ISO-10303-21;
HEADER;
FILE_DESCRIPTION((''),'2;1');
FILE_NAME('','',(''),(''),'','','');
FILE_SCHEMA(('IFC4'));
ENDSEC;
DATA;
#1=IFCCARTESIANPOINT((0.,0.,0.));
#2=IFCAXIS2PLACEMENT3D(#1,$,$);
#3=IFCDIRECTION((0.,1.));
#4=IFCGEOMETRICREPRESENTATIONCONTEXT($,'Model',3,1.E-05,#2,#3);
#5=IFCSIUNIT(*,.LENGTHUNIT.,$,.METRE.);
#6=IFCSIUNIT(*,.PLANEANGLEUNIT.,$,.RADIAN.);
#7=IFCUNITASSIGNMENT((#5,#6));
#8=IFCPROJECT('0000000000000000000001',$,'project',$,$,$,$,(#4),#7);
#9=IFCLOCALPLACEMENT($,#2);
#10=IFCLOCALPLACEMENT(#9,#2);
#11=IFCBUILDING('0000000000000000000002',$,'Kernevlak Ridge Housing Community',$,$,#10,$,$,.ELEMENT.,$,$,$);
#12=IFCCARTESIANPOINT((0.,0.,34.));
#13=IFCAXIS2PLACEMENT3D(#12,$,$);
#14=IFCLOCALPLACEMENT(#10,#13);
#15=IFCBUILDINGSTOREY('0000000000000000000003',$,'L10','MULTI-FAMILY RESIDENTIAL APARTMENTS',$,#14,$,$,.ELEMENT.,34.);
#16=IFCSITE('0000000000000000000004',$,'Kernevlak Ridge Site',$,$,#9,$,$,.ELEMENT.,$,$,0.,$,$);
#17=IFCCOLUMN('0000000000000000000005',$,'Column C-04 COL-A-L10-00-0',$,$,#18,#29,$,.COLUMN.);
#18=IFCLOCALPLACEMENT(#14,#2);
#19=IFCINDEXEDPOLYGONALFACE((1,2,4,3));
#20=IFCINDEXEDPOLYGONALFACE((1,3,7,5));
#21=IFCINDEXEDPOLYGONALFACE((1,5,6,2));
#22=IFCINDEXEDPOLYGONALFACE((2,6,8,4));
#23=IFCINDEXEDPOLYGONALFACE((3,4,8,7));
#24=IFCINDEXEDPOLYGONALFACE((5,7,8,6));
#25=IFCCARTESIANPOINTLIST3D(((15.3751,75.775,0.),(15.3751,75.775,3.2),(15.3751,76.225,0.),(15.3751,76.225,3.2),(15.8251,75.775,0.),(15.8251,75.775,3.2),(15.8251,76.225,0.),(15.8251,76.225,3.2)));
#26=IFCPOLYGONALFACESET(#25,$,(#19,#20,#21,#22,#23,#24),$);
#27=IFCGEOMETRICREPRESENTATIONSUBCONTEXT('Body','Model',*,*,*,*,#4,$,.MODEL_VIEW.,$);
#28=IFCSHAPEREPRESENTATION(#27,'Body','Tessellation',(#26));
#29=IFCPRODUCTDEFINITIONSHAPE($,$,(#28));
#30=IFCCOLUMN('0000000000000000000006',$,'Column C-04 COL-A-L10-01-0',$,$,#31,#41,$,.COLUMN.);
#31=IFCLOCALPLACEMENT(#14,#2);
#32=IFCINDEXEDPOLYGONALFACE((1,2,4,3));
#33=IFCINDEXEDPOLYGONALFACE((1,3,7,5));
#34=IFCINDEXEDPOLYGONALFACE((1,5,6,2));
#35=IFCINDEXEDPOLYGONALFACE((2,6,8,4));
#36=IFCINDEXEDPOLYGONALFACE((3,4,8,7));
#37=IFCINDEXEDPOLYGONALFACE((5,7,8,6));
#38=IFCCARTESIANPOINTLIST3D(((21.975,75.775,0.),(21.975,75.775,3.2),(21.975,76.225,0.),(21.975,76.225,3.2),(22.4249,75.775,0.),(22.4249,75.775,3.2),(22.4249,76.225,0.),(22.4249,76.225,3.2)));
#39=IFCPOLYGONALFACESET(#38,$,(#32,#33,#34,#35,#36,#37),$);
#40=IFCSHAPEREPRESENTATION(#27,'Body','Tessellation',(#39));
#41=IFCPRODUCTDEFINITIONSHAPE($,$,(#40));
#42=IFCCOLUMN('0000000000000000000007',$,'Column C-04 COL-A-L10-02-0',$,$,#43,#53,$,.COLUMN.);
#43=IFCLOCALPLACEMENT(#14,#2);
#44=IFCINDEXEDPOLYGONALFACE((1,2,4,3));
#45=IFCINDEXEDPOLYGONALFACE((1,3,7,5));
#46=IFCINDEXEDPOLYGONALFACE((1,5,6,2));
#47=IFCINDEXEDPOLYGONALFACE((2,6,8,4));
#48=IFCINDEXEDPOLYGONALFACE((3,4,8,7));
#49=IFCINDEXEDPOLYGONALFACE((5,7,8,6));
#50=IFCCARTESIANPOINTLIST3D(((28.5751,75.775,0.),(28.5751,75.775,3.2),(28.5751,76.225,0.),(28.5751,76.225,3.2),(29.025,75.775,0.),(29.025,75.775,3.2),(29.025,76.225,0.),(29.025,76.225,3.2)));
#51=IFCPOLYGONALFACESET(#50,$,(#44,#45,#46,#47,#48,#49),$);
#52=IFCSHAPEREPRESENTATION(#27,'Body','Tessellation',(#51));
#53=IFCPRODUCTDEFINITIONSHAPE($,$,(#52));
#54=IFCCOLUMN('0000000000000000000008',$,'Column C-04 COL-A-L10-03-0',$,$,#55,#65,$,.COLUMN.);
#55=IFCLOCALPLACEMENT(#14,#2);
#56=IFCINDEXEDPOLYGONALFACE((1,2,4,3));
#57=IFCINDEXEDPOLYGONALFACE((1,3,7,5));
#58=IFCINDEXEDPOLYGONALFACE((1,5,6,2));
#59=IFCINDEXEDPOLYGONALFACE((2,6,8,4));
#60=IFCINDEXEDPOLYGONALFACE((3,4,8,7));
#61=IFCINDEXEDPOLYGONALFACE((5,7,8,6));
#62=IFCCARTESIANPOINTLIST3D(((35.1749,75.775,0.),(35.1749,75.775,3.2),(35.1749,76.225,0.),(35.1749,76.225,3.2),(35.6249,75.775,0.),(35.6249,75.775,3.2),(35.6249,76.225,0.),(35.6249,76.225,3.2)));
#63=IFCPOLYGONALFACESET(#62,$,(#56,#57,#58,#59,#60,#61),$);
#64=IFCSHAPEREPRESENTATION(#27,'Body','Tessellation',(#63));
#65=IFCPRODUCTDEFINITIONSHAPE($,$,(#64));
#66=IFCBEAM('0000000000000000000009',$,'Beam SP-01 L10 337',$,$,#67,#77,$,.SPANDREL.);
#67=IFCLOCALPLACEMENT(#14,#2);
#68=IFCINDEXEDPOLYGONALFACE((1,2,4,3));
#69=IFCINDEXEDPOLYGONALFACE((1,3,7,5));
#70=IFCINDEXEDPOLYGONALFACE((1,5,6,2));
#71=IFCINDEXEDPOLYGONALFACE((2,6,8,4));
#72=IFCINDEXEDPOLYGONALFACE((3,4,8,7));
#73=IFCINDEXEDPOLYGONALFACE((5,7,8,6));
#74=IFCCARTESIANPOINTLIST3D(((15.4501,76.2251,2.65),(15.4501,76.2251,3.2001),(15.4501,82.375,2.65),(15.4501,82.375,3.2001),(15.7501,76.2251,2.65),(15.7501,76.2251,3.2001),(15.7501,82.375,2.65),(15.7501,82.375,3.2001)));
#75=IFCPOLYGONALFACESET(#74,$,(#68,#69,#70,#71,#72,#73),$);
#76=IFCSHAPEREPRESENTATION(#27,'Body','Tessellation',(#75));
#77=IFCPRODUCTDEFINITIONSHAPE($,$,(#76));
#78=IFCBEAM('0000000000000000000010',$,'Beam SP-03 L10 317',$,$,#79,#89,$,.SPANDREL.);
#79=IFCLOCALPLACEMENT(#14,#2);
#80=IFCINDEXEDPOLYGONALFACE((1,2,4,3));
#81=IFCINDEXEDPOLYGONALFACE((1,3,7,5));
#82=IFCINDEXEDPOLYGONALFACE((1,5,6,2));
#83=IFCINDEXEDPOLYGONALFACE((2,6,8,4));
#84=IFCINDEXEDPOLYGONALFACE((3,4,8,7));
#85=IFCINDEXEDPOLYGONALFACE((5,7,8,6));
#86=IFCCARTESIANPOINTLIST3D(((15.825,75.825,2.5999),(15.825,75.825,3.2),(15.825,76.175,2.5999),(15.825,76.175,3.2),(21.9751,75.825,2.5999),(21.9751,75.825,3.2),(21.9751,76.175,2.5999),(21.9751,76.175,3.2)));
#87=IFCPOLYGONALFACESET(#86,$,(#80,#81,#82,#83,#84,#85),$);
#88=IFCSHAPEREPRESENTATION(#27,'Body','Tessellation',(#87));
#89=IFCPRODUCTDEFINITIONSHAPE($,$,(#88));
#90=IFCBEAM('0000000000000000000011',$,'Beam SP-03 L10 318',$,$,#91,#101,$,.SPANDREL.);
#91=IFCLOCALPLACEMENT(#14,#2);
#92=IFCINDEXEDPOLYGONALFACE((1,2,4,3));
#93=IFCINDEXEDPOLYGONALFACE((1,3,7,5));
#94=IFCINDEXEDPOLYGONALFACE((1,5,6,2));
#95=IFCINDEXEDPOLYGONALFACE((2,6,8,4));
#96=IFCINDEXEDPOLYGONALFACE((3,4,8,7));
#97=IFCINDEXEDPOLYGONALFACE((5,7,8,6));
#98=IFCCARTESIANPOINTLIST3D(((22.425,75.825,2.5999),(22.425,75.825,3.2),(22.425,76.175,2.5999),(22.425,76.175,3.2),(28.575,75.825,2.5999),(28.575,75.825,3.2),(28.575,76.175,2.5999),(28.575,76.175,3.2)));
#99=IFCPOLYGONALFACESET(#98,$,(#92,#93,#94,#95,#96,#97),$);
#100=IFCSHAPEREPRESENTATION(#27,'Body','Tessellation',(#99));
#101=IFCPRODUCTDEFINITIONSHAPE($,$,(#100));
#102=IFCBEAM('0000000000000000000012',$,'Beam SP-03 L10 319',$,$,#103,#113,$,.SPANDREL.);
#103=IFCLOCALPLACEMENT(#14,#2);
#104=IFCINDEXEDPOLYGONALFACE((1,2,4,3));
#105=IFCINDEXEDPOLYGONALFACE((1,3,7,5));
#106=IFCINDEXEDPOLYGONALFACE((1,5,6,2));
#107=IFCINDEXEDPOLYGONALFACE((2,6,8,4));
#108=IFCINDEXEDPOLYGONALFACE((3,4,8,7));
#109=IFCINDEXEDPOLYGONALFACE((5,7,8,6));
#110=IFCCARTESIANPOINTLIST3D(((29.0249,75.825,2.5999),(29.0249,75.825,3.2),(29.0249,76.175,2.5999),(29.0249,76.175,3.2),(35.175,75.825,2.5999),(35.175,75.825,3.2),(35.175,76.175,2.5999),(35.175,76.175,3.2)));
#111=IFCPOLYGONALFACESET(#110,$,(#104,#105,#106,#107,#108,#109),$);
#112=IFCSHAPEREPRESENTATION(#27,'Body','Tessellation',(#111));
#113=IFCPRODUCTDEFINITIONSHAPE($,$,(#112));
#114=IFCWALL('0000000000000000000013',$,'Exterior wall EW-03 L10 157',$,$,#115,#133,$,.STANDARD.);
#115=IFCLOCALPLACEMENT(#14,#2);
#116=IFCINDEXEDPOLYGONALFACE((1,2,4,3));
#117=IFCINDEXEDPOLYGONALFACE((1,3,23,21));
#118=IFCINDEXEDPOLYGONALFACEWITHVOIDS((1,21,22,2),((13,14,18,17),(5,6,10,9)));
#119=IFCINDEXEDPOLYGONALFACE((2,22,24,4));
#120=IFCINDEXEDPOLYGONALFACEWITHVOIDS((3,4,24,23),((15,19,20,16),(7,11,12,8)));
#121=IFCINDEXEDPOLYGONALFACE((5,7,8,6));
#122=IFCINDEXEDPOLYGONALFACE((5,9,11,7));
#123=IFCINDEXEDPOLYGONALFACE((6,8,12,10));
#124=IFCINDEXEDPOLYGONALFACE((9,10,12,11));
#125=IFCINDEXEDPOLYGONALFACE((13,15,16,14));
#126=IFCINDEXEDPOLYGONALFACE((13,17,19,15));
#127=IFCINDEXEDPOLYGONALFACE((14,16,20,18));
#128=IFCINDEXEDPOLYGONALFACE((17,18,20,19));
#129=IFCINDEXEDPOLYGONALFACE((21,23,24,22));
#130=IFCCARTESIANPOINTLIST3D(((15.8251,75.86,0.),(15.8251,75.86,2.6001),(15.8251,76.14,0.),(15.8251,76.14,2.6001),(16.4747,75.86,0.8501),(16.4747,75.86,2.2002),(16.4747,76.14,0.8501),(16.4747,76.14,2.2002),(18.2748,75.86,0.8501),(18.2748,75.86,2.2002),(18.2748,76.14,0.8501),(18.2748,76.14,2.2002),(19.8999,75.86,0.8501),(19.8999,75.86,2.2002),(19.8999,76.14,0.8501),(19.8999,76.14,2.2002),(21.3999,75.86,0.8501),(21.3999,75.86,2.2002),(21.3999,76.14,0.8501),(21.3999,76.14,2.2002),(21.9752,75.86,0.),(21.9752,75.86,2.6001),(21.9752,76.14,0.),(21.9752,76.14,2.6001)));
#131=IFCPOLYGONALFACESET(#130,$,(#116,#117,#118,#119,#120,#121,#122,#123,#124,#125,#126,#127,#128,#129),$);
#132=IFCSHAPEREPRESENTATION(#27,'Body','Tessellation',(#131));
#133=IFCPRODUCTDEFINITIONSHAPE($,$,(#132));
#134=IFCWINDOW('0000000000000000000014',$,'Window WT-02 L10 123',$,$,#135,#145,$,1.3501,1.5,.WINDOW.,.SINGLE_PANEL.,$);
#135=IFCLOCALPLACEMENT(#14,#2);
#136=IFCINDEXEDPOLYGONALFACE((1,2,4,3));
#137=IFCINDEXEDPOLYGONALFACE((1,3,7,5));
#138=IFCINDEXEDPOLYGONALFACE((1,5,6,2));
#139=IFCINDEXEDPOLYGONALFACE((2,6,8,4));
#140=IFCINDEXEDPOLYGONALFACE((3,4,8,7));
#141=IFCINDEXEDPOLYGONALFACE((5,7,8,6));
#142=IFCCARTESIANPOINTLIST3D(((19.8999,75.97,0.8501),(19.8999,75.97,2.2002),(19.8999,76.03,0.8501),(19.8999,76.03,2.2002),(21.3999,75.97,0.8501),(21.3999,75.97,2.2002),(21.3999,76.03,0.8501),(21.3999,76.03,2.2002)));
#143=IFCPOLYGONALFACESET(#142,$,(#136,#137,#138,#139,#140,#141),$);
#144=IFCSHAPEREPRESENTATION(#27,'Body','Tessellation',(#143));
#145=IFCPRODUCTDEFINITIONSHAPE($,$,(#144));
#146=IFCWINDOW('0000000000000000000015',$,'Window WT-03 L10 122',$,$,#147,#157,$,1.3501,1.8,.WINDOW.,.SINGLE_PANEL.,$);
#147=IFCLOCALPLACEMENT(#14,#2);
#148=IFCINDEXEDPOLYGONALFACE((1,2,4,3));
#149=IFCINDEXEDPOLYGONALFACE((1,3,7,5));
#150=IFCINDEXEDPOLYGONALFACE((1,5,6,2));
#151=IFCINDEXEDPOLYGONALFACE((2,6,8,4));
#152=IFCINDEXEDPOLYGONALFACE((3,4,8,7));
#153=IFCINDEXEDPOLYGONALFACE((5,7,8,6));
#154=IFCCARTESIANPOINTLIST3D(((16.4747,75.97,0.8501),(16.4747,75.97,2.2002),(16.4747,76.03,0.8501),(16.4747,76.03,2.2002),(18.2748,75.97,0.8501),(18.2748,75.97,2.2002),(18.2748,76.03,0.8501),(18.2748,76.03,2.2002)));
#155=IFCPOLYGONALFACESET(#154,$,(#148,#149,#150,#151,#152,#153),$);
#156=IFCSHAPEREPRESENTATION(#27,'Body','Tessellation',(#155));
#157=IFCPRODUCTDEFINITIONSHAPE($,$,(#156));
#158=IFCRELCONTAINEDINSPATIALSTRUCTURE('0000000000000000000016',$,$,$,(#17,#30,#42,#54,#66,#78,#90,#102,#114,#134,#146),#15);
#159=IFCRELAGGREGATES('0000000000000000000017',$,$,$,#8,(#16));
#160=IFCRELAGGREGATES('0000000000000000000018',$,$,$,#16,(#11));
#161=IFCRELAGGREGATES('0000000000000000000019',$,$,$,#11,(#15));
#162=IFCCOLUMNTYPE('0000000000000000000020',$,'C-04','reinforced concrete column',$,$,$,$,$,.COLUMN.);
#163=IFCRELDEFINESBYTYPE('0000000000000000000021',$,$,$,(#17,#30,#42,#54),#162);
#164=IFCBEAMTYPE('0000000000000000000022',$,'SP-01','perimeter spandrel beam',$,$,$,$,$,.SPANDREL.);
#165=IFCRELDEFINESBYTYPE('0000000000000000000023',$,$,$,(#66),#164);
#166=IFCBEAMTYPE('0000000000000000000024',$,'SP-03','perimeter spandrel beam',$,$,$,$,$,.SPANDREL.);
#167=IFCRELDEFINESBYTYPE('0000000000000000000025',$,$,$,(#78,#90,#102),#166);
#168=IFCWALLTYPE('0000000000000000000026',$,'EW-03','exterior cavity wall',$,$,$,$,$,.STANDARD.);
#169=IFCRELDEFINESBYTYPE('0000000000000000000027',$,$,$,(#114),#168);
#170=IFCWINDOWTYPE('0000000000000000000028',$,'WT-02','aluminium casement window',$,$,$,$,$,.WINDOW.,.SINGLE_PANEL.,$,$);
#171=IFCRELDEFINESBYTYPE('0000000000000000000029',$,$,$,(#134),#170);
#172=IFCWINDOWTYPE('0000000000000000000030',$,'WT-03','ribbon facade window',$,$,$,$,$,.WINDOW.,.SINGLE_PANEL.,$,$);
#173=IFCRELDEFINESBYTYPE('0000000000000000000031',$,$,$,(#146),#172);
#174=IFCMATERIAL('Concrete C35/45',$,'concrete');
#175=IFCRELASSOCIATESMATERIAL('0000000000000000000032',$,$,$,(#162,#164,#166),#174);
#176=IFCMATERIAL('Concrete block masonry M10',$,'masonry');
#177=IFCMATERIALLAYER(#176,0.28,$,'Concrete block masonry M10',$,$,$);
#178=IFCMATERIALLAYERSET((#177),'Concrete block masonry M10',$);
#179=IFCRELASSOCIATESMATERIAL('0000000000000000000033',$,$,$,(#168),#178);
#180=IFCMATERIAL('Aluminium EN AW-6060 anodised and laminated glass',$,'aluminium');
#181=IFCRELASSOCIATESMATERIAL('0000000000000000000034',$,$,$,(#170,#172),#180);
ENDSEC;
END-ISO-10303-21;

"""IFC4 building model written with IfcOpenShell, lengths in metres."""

from ifc_helpers import new_model, si_unit, direction, frame, frame_2d, origin, origin_2d, place, context, subcontext, project, spatial, rectangle, extrude, material, layer, layer_set, material_profile, profile_set, type_object, element, fill, save


model = new_model("IFC4")

# Units and contexts
model_context = context("Model", 3, precision=1e-05, world=origin(), true_north=direction((0.0, 1.0)))
body_context = subcontext(model_context, "Body", "Model", "MODEL_VIEW")
ifc_project = project(units=[si_unit("LENGTHUNIT", "METRE"), si_unit("PLANEANGLEUNIT", "RADIAN")], contexts=[model_context])

# Site, building, storey
site_placement = place(None, origin())
site = spatial("IfcSite", under=ifc_project, at=site_placement, Name="Kernevlak Ridge Site", CompositionType="ELEMENT", RefElevation=0.0)
building_placement = place(site_placement, origin())
building = spatial("IfcBuilding", under=site, at=building_placement, Name="Kernevlak Ridge Housing Community", CompositionType="ELEMENT")
storey_placement = place(building_placement, frame((0.0, 0.0, 34.0)))
storey = spatial("IfcBuildingStorey", under=building, at=storey_placement, Name="L10", Description="MULTI-FAMILY RESIDENTIAL APARTMENTS", CompositionType="ELEMENT", Elevation=34.0)

# Columns
ifc_material_1 = material(Name="Concrete C35/45", Category="concrete")
ifc_material_profile_1 = material_profile(ifc_material_1, rectangle(XDim=0.45, YDim=0.45, at=origin_2d()), Name="RC 450x450")
ifc_profile_set_1 = profile_set([ifc_material_profile_1], Name="Concrete C35/45")
column_type = type_object("IfcColumnType", Name="C-04", Description="reinforced concrete column", PredefinedType="COLUMN", material=ifc_profile_set_1)
for number, where, z_axis, x_axis, name in (
    (1, (15.6001, 76.0, 0.0), (0.0, 0.0, 1.0), (1.0, 0.0, 0.0), "Column C-04 COL-A-L10-00-0"),
    (2, (22.2, 76.0, 0.0), (0.0, 0.0, 1.0), (1.0, 0.0, 0.0), "Column C-04 COL-A-L10-01-0"),
    (3, (28.8, 76.0, 0.0), (0.0, 0.0, 1.0), (1.0, 0.0, 0.0), "Column C-04 COL-A-L10-02-0"),
    (4, (35.3999, 76.0, 0.0), (0.0, 0.0, 1.0), (1.0, 0.0, 0.0), "Column C-04 COL-A-L10-03-0"),
):
    element("IfcColumn", number, at=place(storey_placement, frame(where, z_axis=z_axis, x_axis=x_axis)), inside=storey, type_object=column_type, Name=name, PredefinedType="COLUMN", context=body_context, shape_type="SweptSolid", body=[
        extrude(rectangle(XDim=0.45, YDim=0.45, at=origin_2d()), origin(), (0.0, 0.0, 1.0), 3.2),
    ])

# Beams
ifc_material_profile_2 = material_profile(ifc_material_1, rectangle(XDim=0.3, YDim=0.55, at=origin_2d()), Name="RC 300x550")
ifc_profile_set_2 = profile_set([ifc_material_profile_2], Name="Concrete C35/45")
beam_type_1 = type_object("IfcBeamType", Name="SP-01", Description="perimeter spandrel beam", PredefinedType="SPANDREL", material=ifc_profile_set_2)
beam_1_placement = place(storey_placement, frame((15.6001, 76.2251, 2.925), z_axis=(0.0, 1.0, 0.0), x_axis=(-1.0, 0.0, 0.0)))
element("IfcBeam", 5, at=beam_1_placement, inside=storey, type_object=beam_type_1, Name="Beam SP-01 L10 337", PredefinedType="SPANDREL", context=body_context, shape_type="SweptSolid", body=[
    extrude(rectangle(XDim=0.3, YDim=0.55, at=origin_2d()), origin(), (0.0, 0.0, 1.0), 6.1499),
])
ifc_material_profile_3 = material_profile(ifc_material_1, rectangle(XDim=0.3501, YDim=0.6001, at=origin_2d()), Name="RC 350x600")
ifc_profile_set_3 = profile_set([ifc_material_profile_3], Name="Concrete C35/45")
beam_type_2 = type_object("IfcBeamType", Name="SP-03", Description="perimeter spandrel beam", PredefinedType="SPANDREL", material=ifc_profile_set_3)
beam_2_placement = place(storey_placement, frame((15.825, 76.0, 2.8999), z_axis=(1.0, 0.0, 0.0), x_axis=(0.0, 1.0, 0.0)))
element("IfcBeam", 6, at=beam_2_placement, inside=storey, type_object=beam_type_2, Name="Beam SP-03 L10 317", PredefinedType="SPANDREL", context=body_context, shape_type="SweptSolid", body=[
    extrude(rectangle(XDim=0.3501, YDim=0.6001, at=origin_2d()), origin(), (0.0, 0.0, 1.0), 6.1501),
])
beam_3_placement = place(storey_placement, frame((22.425, 76.0, 2.8999), z_axis=(1.0, 0.0, 0.0), x_axis=(0.0, 1.0, 0.0)))
element("IfcBeam", 7, at=beam_3_placement, inside=storey, type_object=beam_type_2, Name="Beam SP-03 L10 318", PredefinedType="SPANDREL", context=body_context, shape_type="SweptSolid", body=[
    extrude(rectangle(XDim=0.3501, YDim=0.6001, at=origin_2d()), origin(), (0.0, 0.0, 1.0), 6.1499),
])
beam_4_placement = place(storey_placement, frame((29.0249, 76.0, 2.8999), z_axis=(1.0, 0.0, 0.0), x_axis=(0.0, 1.0, 0.0)))
element("IfcBeam", 8, at=beam_4_placement, inside=storey, type_object=beam_type_2, Name="Beam SP-03 L10 319", PredefinedType="SPANDREL", context=body_context, shape_type="SweptSolid", body=[
    extrude(rectangle(XDim=0.3501, YDim=0.6001, at=origin_2d()), origin(), (0.0, 0.0, 1.0), 6.1501),
])

# Wall, openings, windows
ifc_material_2 = material(Name="Concrete block masonry M10", Category="masonry")
ifc_layer_1 = layer(ifc_material_2, 0.28, Name="Concrete block masonry M10")
ifc_layer_set_1 = layer_set([ifc_layer_1], Name="Concrete block masonry M10")
wall_type_1 = type_object("IfcWallType", Name="EW-03", Description="exterior cavity wall", PredefinedType="STANDARD", material=ifc_layer_set_1)
wall_1_placement = place(storey_placement, frame((15.825, 76.0, 0.0), z_axis=(0.0, 0.0, 1.0), x_axis=(1.0, 0.0, 0.0)))
wall_1 = element("IfcWall", 9, at=wall_1_placement, inside=storey, type_object=wall_type_1, Name="Exterior wall EW-03 L10 157", PredefinedType="STANDARD", context=body_context, shape_type="SweptSolid", body=[
    extrude(rectangle(XDim=6.1501, YDim=0.28, at=frame_2d((3.0752, 0.0))), origin(), (0.0, 0.0, 1.0), 2.6001),
])
opening_1_placement = place(wall_1_placement, frame((0.6499, 0.0, 0.8501)))
opening_1 = element("IfcOpeningElement", 10, at=opening_1_placement, cuts=wall_1, PredefinedType="OPENING", context=body_context, shape_type="SweptSolid", body=[
    extrude(rectangle(XDim=1.8, YDim=1.3501, at=frame_2d((0.8999, 0.675))), frame((0.0, 0.1499, 0.0), z_axis=(0.0, -1.0, 0.0), x_axis=(1.0, 0.0, 0.0)), (0.0, 0.0, 1.0), 0.3),
])
opening_2_placement = place(wall_1_placement, frame((4.075, 0.0, 0.8501)))
opening_2 = element("IfcOpeningElement", 11, at=opening_2_placement, cuts=wall_1, PredefinedType="OPENING", context=body_context, shape_type="SweptSolid", body=[
    extrude(rectangle(XDim=1.5, YDim=1.3501, at=frame_2d((0.75, 0.675))), frame((0.0, 0.1499, 0.0), z_axis=(0.0, -1.0, 0.0), x_axis=(1.0, 0.0, 0.0)), (0.0, 0.0, 1.0), 0.3),
])
ifc_material_3 = material(Name="Aluminium EN AW-6060 anodised and laminated glass", Category="aluminium")
window_type_1 = type_object("IfcWindowType", Name="WT-02", Description="aluminium casement window", PartitioningType="SINGLE_PANEL", PredefinedType="WINDOW", material=ifc_material_3)
window_1_placement = place(opening_2_placement, origin())
window_1 = element("IfcWindow", 12, at=window_1_placement, inside=storey, type_object=window_type_1, Name="Window WT-02 L10 123", OverallHeight=1.3501, OverallWidth=1.5, PartitioningType="SINGLE_PANEL", PredefinedType="WINDOW", context=body_context, shape_type="SweptSolid", body=[
    extrude(rectangle(XDim=1.5, YDim=1.3501, at=frame_2d((0.75, 0.675))), frame((0.0, 0.03, 0.0), z_axis=(0.0, -1.0, 0.0), x_axis=(1.0, 0.0, 0.0)), (0.0, 0.0, 1.0), 0.0601),
])
fill(opening_2, window_1)
window_type_2 = type_object("IfcWindowType", Name="WT-03", Description="ribbon facade window", PartitioningType="SINGLE_PANEL", PredefinedType="WINDOW", material=ifc_material_3)
window_2_placement = place(opening_1_placement, origin())
window_2 = element("IfcWindow", 13, at=window_2_placement, inside=storey, type_object=window_type_2, Name="Window WT-03 L10 122", OverallHeight=1.3501, OverallWidth=1.8, PartitioningType="SINGLE_PANEL", PredefinedType="WINDOW", context=body_context, shape_type="SweptSolid", body=[
    extrude(rectangle(XDim=1.8, YDim=1.3501, at=frame_2d((0.8999, 0.675))), frame((0.0, 0.03, 0.0), z_axis=(0.0, -1.0, 0.0), x_axis=(1.0, 0.0, 0.0)), (0.0, 0.0, 1.0), 0.0601),
])
fill(opening_1, window_2)

save(model, "model.ifc")
